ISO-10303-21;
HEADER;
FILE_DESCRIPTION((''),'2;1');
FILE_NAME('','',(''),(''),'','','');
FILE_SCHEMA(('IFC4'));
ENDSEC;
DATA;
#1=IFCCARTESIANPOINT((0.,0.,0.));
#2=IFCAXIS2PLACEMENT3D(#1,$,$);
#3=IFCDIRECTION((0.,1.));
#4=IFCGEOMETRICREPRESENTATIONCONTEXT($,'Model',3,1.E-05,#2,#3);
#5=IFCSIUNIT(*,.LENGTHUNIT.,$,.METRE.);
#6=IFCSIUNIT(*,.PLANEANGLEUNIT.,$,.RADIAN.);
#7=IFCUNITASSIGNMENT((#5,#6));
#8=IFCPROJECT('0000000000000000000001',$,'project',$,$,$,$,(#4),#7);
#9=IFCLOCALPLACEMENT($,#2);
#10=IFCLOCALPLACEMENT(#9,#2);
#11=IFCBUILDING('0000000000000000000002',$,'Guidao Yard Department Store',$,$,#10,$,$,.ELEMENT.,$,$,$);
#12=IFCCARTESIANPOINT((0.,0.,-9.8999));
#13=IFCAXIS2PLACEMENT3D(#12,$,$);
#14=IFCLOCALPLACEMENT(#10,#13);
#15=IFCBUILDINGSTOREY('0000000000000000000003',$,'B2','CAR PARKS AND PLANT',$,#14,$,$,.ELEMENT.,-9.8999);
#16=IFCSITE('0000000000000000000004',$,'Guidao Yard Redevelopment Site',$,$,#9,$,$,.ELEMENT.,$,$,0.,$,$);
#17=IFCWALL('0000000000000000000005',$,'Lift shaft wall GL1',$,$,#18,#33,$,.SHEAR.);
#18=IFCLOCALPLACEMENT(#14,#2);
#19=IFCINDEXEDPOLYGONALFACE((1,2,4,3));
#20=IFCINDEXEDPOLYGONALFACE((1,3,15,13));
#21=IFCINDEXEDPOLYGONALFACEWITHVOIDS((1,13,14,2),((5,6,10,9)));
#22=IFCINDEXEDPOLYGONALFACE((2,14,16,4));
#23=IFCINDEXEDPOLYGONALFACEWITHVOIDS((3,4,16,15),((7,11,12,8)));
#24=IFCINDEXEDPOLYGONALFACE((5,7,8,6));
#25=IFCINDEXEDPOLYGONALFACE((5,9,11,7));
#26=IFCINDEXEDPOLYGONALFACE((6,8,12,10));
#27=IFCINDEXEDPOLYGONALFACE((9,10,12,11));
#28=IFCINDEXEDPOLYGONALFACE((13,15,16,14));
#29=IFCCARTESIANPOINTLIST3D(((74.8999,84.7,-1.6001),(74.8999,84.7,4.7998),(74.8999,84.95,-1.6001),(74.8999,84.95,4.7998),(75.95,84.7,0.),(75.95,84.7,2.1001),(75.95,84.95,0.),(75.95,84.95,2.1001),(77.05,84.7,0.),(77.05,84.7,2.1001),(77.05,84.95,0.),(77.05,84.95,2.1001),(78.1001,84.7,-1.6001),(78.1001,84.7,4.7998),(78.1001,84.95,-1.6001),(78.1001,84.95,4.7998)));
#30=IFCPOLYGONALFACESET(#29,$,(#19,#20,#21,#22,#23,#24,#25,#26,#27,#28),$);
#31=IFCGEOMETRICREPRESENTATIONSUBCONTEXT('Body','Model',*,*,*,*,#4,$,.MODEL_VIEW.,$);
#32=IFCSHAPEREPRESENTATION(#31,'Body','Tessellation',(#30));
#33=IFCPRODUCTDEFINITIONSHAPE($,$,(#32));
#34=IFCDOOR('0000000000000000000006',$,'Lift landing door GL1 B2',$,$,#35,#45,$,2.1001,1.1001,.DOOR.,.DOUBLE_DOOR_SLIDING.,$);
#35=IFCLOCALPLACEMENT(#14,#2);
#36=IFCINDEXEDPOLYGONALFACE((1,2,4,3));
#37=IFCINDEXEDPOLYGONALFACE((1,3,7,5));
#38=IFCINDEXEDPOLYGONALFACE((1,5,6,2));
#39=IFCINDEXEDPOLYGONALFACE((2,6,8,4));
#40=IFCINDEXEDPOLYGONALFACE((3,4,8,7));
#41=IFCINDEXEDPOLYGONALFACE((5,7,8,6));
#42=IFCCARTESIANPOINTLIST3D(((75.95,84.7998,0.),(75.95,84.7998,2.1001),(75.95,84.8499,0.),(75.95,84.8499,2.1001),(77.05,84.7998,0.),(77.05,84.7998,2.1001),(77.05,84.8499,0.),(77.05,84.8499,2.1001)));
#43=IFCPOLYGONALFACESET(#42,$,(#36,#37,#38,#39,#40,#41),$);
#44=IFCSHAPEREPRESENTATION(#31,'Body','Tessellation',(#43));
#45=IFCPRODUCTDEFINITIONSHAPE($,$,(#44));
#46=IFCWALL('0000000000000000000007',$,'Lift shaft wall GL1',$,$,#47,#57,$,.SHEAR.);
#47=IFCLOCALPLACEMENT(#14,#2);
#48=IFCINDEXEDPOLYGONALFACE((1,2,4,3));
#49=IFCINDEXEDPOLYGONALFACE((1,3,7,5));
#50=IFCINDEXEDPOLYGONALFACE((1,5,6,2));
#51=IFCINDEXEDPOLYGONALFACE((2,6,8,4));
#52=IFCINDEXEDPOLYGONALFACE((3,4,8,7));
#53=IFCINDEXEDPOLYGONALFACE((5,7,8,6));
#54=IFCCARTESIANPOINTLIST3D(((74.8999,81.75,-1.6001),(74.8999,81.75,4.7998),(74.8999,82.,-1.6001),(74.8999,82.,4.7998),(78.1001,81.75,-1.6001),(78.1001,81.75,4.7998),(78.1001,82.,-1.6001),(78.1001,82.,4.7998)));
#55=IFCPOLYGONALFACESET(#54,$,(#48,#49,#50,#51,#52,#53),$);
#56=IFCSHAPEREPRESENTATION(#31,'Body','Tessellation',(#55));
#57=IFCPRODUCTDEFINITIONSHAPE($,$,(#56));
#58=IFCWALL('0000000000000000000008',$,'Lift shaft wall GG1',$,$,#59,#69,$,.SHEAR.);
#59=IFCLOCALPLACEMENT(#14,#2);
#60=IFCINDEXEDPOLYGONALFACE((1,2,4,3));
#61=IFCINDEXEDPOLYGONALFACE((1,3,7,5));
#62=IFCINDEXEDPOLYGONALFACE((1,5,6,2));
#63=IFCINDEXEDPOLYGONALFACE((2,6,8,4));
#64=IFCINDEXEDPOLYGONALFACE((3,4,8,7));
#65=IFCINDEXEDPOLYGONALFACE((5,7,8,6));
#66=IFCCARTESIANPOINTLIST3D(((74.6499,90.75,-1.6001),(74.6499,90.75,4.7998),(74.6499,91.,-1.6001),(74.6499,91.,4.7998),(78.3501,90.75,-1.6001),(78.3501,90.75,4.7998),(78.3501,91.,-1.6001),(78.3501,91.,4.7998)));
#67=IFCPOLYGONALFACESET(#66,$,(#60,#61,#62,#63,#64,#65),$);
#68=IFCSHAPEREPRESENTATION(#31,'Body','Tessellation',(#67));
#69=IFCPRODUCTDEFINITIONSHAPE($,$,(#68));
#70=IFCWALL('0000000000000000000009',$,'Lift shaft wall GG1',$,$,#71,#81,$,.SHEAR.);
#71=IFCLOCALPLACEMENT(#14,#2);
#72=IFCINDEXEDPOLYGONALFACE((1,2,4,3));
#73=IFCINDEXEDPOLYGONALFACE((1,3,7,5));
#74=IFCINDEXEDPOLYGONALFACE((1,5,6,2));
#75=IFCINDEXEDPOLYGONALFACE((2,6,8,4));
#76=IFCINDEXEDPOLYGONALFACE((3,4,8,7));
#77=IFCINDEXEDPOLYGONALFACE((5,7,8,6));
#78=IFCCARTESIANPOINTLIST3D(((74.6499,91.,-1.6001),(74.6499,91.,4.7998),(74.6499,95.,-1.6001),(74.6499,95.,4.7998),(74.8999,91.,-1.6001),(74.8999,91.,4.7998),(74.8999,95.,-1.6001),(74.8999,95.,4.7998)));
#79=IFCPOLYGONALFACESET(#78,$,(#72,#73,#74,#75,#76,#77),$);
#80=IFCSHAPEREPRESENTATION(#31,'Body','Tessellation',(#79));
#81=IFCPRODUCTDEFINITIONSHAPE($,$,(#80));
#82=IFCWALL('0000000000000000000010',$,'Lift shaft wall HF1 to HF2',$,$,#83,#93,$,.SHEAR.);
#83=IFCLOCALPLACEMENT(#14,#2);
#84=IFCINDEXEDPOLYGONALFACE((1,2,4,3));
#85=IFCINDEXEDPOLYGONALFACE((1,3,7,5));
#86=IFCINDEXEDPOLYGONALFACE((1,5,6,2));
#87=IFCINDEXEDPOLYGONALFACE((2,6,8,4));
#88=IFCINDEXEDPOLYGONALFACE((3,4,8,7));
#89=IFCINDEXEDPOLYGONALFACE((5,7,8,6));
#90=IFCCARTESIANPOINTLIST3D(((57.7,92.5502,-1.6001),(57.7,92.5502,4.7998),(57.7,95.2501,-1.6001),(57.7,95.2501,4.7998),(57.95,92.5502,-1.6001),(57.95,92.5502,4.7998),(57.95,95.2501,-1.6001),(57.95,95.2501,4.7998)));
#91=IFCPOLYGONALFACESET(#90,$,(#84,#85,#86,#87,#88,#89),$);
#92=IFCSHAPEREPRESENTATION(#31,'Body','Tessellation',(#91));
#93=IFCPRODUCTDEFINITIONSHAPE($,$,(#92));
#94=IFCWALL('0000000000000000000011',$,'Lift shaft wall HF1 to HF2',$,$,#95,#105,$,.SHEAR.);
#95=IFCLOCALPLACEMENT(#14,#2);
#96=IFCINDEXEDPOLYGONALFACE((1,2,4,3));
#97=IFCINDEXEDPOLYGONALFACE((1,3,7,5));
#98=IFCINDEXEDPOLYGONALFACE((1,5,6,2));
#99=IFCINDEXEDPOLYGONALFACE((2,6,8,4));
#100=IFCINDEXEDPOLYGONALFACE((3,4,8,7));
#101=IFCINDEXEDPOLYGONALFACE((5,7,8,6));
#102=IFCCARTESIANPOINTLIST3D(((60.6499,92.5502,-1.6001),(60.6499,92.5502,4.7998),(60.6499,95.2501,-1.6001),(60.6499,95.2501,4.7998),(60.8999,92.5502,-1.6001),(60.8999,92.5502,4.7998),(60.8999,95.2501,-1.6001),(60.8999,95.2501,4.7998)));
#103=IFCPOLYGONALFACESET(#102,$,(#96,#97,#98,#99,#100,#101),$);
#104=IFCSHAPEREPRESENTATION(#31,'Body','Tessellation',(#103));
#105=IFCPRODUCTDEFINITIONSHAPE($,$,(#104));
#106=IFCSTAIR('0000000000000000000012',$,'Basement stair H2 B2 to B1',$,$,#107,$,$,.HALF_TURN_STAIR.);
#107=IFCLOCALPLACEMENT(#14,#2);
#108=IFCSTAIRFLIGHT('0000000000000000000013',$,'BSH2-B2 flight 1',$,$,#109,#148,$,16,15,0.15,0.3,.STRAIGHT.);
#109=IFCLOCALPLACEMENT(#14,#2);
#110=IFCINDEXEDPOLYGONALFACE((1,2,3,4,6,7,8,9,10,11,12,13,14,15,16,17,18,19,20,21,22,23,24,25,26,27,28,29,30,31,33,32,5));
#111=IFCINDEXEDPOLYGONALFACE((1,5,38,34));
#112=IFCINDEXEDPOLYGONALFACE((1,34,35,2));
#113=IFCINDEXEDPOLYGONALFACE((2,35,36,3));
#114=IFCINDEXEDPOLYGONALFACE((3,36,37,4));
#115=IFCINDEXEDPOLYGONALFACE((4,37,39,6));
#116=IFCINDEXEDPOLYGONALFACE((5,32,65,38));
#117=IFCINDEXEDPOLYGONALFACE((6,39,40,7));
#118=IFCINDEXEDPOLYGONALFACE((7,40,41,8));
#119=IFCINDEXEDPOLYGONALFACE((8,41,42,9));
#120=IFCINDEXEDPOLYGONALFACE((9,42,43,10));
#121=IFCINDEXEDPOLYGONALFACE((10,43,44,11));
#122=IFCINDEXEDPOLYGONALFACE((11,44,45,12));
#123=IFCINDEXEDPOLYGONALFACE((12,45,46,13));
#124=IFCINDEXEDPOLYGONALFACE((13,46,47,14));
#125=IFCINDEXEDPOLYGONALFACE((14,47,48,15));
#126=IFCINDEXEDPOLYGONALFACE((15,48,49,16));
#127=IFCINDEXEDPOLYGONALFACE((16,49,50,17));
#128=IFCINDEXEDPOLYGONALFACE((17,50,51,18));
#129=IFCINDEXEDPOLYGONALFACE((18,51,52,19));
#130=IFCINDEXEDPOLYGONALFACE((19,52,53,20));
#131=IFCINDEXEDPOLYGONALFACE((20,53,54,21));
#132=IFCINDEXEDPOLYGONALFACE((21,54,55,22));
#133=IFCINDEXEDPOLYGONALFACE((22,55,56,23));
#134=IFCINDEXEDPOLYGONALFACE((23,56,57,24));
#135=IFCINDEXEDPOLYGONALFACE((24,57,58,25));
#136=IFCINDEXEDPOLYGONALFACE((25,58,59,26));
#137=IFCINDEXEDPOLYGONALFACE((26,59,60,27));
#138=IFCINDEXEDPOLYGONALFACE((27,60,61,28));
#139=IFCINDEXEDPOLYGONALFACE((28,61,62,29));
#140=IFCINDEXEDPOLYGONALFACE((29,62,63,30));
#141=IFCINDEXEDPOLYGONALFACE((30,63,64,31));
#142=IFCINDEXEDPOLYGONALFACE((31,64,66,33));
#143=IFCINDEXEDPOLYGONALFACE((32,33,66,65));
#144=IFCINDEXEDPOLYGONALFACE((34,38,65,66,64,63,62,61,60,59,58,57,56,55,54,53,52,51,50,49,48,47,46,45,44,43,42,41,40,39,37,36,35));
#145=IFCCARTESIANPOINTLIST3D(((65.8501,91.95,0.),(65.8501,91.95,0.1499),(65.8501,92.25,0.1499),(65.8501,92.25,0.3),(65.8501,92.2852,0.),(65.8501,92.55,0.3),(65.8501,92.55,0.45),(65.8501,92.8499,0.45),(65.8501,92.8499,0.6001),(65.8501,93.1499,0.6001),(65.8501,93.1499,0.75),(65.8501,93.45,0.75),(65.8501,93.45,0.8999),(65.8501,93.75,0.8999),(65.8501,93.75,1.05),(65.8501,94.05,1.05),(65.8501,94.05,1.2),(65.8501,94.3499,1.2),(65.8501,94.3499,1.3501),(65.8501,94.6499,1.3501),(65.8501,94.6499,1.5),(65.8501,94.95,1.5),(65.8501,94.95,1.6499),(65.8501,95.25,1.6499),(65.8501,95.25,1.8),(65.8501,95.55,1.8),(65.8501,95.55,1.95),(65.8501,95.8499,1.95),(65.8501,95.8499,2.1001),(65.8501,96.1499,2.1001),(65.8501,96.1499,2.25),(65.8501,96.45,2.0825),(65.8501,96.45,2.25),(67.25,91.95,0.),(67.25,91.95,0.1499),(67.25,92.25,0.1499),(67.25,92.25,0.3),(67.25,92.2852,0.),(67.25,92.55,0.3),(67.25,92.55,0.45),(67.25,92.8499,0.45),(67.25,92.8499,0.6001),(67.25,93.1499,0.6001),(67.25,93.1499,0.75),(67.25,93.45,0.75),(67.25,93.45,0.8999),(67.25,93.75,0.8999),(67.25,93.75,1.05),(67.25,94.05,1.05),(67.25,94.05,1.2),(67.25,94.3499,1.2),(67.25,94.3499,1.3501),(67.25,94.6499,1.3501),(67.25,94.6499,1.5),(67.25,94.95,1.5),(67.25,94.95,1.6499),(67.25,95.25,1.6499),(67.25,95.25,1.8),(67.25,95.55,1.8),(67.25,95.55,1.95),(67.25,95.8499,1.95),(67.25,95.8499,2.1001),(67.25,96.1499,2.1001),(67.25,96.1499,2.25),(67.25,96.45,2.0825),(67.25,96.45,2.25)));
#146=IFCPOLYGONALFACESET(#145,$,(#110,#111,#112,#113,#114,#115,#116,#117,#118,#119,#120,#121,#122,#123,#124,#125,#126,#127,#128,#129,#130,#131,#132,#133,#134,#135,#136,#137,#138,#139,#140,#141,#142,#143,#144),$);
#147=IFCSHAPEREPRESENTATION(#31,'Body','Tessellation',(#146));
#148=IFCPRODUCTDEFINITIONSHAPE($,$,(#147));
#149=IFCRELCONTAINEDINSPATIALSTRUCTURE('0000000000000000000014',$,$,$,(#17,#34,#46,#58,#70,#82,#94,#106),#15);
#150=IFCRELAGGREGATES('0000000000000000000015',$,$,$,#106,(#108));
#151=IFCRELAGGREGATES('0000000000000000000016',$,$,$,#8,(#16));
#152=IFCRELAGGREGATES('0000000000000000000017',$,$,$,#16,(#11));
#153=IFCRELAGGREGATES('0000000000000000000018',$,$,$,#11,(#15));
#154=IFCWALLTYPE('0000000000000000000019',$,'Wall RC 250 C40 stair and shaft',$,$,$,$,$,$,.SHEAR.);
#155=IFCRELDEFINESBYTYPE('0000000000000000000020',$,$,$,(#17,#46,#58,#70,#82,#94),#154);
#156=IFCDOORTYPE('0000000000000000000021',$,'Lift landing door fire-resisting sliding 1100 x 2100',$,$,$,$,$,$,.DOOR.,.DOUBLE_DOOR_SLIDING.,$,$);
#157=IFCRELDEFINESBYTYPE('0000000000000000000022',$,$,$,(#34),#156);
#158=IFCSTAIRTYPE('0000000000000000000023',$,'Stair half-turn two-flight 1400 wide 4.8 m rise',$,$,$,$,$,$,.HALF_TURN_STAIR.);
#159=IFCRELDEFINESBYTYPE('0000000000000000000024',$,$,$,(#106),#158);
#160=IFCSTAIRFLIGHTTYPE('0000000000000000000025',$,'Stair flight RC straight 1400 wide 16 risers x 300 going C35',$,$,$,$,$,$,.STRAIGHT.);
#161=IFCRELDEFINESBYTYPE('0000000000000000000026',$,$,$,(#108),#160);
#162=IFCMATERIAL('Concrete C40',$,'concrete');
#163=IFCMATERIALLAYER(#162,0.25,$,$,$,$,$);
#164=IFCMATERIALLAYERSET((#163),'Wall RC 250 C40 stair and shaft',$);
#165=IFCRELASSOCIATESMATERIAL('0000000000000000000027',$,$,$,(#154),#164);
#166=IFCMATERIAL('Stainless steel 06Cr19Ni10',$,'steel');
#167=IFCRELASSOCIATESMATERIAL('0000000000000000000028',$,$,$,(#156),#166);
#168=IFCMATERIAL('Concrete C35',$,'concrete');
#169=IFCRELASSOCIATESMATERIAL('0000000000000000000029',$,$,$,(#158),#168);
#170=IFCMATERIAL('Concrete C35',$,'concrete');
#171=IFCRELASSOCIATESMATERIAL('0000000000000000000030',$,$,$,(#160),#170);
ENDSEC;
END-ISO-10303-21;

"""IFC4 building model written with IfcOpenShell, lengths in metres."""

from ifc_helpers import new_model, si_unit, direction, frame, frame_2d, origin, place, context, subcontext, project, spatial, polyline, rectangle, outline, extrude, material, layer, layer_set, type_object, element, fill, aggregate, save


model = new_model("IFC4")

# Units and contexts
model_context = context("Model", 3, precision=1e-05, world=origin(), true_north=direction((0.0, 1.0)))
body_context = subcontext(model_context, "Body", "Model", "MODEL_VIEW")
ifc_project = project(units=[si_unit("LENGTHUNIT", "METRE"), si_unit("PLANEANGLEUNIT", "RADIAN")], contexts=[model_context])

# Site, building, storey
site_placement = place(None, origin())
site = spatial("IfcSite", under=ifc_project, at=site_placement, Name="Guidao Yard Redevelopment Site", CompositionType="ELEMENT", RefElevation=0.0)
building_placement = place(site_placement, origin())
building = spatial("IfcBuilding", under=site, at=building_placement, Name="Guidao Yard Department Store", CompositionType="ELEMENT")
storey_placement = place(building_placement, frame((0.0, 0.0, -9.8999)))
storey = spatial("IfcBuildingStorey", under=building, at=storey_placement, Name="B2", Description="CAR PARKS AND PLANT", CompositionType="ELEMENT", Elevation=-9.8999)

# Shared definitions
ifc_material_1 = material(Name="Concrete C40", Category="concrete")
ifc_layer_1 = layer(ifc_material_1, 0.25)
ifc_layer_set_1 = layer_set([ifc_layer_1], Name="Wall RC 250 C40 stair and shaft")
wall_type_1 = type_object("IfcWallType", Name="Wall RC 250 C40 stair and shaft", PredefinedType="SHEAR", material=ifc_layer_set_1)

# Wall, opening, door
wall_1_placement = place(storey_placement, frame((74.8999, 84.825, -1.6001), z_axis=(0.0, 0.0, 1.0), x_axis=(1.0, 0.0, 0.0)))
wall_1 = element("IfcWall", 1, at=wall_1_placement, inside=storey, type_object=wall_type_1, Name="Lift shaft wall GL1", PredefinedType="SHEAR", context=body_context, shape_type="SweptSolid", body=[
    extrude(rectangle(XDim=3.2002, YDim=0.25, at=frame_2d((1.6001, 0.0))), origin(), (0.0, 0.0, 1.0), 6.3999),
])
opening_1_placement = place(wall_1_placement, frame((1.05, 0.0, 1.6001)))
opening_1 = element("IfcOpeningElement", 2, at=opening_1_placement, cuts=wall_1, PredefinedType="OPENING", context=body_context, shape_type="SweptSolid", body=[
    extrude(rectangle(XDim=1.1001, YDim=2.1001, at=frame_2d((0.55, 1.05))), frame((0.0, 0.135, 0.0), z_axis=(0.0, -1.0, 0.0), x_axis=(1.0, 0.0, 0.0)), (0.0, 0.0, 1.0), 0.27),
])
ifc_material_2 = material(Name="Stainless steel 06Cr19Ni10", Category="steel")
door_type_1 = type_object("IfcDoorType", Name="Lift landing door fire-resisting sliding 1100 x 2100", OperationType="DOUBLE_DOOR_SLIDING", PredefinedType="DOOR", material=ifc_material_2)
door_1_placement = place(opening_1_placement, origin())
door_1 = element("IfcDoor", 3, at=door_1_placement, inside=storey, type_object=door_type_1, Name="Lift landing door GL1 B2", OperationType="DOUBLE_DOOR_SLIDING", OverallHeight=2.1001, OverallWidth=1.1001, PredefinedType="DOOR", context=body_context, shape_type="SweptSolid", body=[
    extrude(rectangle(XDim=1.1001, YDim=2.1001, at=frame_2d((0.55, 1.05))), frame((0.0, 0.0249, 0.0), z_axis=(0.0, -1.0, 0.0), x_axis=(1.0, 0.0, 0.0)), (0.0, 0.0, 1.0), 0.05),
])
fill(opening_1, door_1)

# Walls
wall_2_placement = place(storey_placement, frame((74.8999, 81.875, -1.6001), z_axis=(0.0, 0.0, 1.0), x_axis=(1.0, 0.0, 0.0)))
element("IfcWall", 4, at=wall_2_placement, inside=storey, type_object=wall_type_1, Name="Lift shaft wall GL1", PredefinedType="SHEAR", context=body_context, shape_type="SweptSolid", body=[
    extrude(rectangle(XDim=3.2002, YDim=0.25, at=frame_2d((1.6001, 0.0))), origin(), (0.0, 0.0, 1.0), 6.3999),
])
wall_3_placement = place(storey_placement, frame((74.6499, 90.875, -1.6001), z_axis=(0.0, 0.0, 1.0), x_axis=(1.0, 0.0, 0.0)))
element("IfcWall", 5, at=wall_3_placement, inside=storey, type_object=wall_type_1, Name="Lift shaft wall GG1", PredefinedType="SHEAR", context=body_context, shape_type="SweptSolid", body=[
    extrude(rectangle(XDim=3.7002, YDim=0.25, at=frame_2d((1.8501, 0.0))), origin(), (0.0, 0.0, 1.0), 6.3999),
])
wall_4_placement = place(storey_placement, frame((74.7749, 91.0, -1.6001), z_axis=(0.0, 0.0, 1.0), x_axis=(0.0, 1.0, 0.0)))
element("IfcWall", 6, at=wall_4_placement, inside=storey, type_object=wall_type_1, Name="Lift shaft wall GG1", PredefinedType="SHEAR", context=body_context, shape_type="SweptSolid", body=[
    extrude(rectangle(XDim=4.0, YDim=0.25, at=frame_2d((2.0, 0.0))), origin(), (0.0, 0.0, 1.0), 6.3999),
])
for number, where, z_axis, x_axis, name in (
    (7, (57.825, 92.55, -1.6001), (0.0, 0.0, 1.0), (0.0, 1.0, 0.0), "Lift shaft wall HF1 to HF2"),
    (8, (60.7749, 92.55, -1.6001), (0.0, 0.0, 1.0), (0.0, 1.0, 0.0), "Lift shaft wall HF1 to HF2"),
):
    element("IfcWall", number, at=place(storey_placement, frame(where, z_axis=z_axis, x_axis=x_axis)), inside=storey, type_object=wall_type_1, Name=name, PredefinedType="SHEAR", context=body_context, shape_type="SweptSolid", body=[
        extrude(rectangle(XDim=2.7, YDim=0.25, at=frame_2d((1.3501, 0.0))), origin(), (0.0, 0.0, 1.0), 6.3999),
    ])

# Stair, stair flight
ifc_material_3 = material(Name="Concrete C35", Category="concrete")
stair_type = type_object("IfcStairType", Name="Stair half-turn two-flight 1400 wide 4.8 m rise", PredefinedType="HALF_TURN_STAIR", material=ifc_material_3)
stair_placement = place(storey_placement, origin())
stair = element("IfcStair", 9, at=stair_placement, inside=storey, type_object=stair_type, Name="Basement stair H2 B2 to B1", PredefinedType="HALF_TURN_STAIR")
ifc_material_4 = material(Name="Concrete C35", Category="concrete")
stair_flight_type = type_object("IfcStairFlightType", Name="Stair flight RC straight 1400 wide 16 risers x 300 going C35", PredefinedType="STRAIGHT", material=ifc_material_4)
stair_flight_placement = place(storey_placement, frame((66.55, 91.95, 0.0), z_axis=(0.0, 0.0, 1.0), x_axis=(0.0, 1.0, 0.0)))
stair_flight = element("IfcStairFlight", 10, at=stair_flight_placement, type_object=stair_flight_type, Name="BSH2-B2 flight 1", NumberOfRisers=16, NumberOfTreads=15, PredefinedType="STRAIGHT", RiserHeight=0.15, TreadLength=0.3, context=body_context, shape_type="SweptSolid", body=[
    extrude(outline(polyline([(0.0, 0.0), (0.0, 0.1499), (0.3, 0.1499), (0.3, 0.3), (0.6001, 0.3), (0.6001, 0.45), (0.8999, 0.45), (0.8999, 0.6001), (1.2, 0.6001), (1.2, 0.75), (1.5, 0.75), (1.5, 0.8999), (1.8, 0.8999), (1.8, 1.05), (2.1001, 1.05), (2.1001, 1.2), (2.3999, 1.2), (2.3999, 1.3501), (2.7, 1.3501), (2.7, 1.5), (3.0, 1.5), (3.0, 1.6499), (3.3, 1.6499), (3.3, 1.8), (3.6001, 1.8), (3.6001, 1.95), (3.8999, 1.95), (3.8999, 2.1001), (4.2, 2.1001), (4.2, 2.25), (4.5, 2.25), (4.5, 2.3999), (4.5, 2.0825), (0.3352, 0.0), (0.0, 0.0)])), frame((0.0, 0.7, 0.0), z_axis=(0.0, -1.0, 0.0), x_axis=(1.0, 0.0, 0.0)), (0.0, 0.0, 1.0), 1.3999),
])
aggregate(stair, [stair_flight])

save(model, "model.ifc")
